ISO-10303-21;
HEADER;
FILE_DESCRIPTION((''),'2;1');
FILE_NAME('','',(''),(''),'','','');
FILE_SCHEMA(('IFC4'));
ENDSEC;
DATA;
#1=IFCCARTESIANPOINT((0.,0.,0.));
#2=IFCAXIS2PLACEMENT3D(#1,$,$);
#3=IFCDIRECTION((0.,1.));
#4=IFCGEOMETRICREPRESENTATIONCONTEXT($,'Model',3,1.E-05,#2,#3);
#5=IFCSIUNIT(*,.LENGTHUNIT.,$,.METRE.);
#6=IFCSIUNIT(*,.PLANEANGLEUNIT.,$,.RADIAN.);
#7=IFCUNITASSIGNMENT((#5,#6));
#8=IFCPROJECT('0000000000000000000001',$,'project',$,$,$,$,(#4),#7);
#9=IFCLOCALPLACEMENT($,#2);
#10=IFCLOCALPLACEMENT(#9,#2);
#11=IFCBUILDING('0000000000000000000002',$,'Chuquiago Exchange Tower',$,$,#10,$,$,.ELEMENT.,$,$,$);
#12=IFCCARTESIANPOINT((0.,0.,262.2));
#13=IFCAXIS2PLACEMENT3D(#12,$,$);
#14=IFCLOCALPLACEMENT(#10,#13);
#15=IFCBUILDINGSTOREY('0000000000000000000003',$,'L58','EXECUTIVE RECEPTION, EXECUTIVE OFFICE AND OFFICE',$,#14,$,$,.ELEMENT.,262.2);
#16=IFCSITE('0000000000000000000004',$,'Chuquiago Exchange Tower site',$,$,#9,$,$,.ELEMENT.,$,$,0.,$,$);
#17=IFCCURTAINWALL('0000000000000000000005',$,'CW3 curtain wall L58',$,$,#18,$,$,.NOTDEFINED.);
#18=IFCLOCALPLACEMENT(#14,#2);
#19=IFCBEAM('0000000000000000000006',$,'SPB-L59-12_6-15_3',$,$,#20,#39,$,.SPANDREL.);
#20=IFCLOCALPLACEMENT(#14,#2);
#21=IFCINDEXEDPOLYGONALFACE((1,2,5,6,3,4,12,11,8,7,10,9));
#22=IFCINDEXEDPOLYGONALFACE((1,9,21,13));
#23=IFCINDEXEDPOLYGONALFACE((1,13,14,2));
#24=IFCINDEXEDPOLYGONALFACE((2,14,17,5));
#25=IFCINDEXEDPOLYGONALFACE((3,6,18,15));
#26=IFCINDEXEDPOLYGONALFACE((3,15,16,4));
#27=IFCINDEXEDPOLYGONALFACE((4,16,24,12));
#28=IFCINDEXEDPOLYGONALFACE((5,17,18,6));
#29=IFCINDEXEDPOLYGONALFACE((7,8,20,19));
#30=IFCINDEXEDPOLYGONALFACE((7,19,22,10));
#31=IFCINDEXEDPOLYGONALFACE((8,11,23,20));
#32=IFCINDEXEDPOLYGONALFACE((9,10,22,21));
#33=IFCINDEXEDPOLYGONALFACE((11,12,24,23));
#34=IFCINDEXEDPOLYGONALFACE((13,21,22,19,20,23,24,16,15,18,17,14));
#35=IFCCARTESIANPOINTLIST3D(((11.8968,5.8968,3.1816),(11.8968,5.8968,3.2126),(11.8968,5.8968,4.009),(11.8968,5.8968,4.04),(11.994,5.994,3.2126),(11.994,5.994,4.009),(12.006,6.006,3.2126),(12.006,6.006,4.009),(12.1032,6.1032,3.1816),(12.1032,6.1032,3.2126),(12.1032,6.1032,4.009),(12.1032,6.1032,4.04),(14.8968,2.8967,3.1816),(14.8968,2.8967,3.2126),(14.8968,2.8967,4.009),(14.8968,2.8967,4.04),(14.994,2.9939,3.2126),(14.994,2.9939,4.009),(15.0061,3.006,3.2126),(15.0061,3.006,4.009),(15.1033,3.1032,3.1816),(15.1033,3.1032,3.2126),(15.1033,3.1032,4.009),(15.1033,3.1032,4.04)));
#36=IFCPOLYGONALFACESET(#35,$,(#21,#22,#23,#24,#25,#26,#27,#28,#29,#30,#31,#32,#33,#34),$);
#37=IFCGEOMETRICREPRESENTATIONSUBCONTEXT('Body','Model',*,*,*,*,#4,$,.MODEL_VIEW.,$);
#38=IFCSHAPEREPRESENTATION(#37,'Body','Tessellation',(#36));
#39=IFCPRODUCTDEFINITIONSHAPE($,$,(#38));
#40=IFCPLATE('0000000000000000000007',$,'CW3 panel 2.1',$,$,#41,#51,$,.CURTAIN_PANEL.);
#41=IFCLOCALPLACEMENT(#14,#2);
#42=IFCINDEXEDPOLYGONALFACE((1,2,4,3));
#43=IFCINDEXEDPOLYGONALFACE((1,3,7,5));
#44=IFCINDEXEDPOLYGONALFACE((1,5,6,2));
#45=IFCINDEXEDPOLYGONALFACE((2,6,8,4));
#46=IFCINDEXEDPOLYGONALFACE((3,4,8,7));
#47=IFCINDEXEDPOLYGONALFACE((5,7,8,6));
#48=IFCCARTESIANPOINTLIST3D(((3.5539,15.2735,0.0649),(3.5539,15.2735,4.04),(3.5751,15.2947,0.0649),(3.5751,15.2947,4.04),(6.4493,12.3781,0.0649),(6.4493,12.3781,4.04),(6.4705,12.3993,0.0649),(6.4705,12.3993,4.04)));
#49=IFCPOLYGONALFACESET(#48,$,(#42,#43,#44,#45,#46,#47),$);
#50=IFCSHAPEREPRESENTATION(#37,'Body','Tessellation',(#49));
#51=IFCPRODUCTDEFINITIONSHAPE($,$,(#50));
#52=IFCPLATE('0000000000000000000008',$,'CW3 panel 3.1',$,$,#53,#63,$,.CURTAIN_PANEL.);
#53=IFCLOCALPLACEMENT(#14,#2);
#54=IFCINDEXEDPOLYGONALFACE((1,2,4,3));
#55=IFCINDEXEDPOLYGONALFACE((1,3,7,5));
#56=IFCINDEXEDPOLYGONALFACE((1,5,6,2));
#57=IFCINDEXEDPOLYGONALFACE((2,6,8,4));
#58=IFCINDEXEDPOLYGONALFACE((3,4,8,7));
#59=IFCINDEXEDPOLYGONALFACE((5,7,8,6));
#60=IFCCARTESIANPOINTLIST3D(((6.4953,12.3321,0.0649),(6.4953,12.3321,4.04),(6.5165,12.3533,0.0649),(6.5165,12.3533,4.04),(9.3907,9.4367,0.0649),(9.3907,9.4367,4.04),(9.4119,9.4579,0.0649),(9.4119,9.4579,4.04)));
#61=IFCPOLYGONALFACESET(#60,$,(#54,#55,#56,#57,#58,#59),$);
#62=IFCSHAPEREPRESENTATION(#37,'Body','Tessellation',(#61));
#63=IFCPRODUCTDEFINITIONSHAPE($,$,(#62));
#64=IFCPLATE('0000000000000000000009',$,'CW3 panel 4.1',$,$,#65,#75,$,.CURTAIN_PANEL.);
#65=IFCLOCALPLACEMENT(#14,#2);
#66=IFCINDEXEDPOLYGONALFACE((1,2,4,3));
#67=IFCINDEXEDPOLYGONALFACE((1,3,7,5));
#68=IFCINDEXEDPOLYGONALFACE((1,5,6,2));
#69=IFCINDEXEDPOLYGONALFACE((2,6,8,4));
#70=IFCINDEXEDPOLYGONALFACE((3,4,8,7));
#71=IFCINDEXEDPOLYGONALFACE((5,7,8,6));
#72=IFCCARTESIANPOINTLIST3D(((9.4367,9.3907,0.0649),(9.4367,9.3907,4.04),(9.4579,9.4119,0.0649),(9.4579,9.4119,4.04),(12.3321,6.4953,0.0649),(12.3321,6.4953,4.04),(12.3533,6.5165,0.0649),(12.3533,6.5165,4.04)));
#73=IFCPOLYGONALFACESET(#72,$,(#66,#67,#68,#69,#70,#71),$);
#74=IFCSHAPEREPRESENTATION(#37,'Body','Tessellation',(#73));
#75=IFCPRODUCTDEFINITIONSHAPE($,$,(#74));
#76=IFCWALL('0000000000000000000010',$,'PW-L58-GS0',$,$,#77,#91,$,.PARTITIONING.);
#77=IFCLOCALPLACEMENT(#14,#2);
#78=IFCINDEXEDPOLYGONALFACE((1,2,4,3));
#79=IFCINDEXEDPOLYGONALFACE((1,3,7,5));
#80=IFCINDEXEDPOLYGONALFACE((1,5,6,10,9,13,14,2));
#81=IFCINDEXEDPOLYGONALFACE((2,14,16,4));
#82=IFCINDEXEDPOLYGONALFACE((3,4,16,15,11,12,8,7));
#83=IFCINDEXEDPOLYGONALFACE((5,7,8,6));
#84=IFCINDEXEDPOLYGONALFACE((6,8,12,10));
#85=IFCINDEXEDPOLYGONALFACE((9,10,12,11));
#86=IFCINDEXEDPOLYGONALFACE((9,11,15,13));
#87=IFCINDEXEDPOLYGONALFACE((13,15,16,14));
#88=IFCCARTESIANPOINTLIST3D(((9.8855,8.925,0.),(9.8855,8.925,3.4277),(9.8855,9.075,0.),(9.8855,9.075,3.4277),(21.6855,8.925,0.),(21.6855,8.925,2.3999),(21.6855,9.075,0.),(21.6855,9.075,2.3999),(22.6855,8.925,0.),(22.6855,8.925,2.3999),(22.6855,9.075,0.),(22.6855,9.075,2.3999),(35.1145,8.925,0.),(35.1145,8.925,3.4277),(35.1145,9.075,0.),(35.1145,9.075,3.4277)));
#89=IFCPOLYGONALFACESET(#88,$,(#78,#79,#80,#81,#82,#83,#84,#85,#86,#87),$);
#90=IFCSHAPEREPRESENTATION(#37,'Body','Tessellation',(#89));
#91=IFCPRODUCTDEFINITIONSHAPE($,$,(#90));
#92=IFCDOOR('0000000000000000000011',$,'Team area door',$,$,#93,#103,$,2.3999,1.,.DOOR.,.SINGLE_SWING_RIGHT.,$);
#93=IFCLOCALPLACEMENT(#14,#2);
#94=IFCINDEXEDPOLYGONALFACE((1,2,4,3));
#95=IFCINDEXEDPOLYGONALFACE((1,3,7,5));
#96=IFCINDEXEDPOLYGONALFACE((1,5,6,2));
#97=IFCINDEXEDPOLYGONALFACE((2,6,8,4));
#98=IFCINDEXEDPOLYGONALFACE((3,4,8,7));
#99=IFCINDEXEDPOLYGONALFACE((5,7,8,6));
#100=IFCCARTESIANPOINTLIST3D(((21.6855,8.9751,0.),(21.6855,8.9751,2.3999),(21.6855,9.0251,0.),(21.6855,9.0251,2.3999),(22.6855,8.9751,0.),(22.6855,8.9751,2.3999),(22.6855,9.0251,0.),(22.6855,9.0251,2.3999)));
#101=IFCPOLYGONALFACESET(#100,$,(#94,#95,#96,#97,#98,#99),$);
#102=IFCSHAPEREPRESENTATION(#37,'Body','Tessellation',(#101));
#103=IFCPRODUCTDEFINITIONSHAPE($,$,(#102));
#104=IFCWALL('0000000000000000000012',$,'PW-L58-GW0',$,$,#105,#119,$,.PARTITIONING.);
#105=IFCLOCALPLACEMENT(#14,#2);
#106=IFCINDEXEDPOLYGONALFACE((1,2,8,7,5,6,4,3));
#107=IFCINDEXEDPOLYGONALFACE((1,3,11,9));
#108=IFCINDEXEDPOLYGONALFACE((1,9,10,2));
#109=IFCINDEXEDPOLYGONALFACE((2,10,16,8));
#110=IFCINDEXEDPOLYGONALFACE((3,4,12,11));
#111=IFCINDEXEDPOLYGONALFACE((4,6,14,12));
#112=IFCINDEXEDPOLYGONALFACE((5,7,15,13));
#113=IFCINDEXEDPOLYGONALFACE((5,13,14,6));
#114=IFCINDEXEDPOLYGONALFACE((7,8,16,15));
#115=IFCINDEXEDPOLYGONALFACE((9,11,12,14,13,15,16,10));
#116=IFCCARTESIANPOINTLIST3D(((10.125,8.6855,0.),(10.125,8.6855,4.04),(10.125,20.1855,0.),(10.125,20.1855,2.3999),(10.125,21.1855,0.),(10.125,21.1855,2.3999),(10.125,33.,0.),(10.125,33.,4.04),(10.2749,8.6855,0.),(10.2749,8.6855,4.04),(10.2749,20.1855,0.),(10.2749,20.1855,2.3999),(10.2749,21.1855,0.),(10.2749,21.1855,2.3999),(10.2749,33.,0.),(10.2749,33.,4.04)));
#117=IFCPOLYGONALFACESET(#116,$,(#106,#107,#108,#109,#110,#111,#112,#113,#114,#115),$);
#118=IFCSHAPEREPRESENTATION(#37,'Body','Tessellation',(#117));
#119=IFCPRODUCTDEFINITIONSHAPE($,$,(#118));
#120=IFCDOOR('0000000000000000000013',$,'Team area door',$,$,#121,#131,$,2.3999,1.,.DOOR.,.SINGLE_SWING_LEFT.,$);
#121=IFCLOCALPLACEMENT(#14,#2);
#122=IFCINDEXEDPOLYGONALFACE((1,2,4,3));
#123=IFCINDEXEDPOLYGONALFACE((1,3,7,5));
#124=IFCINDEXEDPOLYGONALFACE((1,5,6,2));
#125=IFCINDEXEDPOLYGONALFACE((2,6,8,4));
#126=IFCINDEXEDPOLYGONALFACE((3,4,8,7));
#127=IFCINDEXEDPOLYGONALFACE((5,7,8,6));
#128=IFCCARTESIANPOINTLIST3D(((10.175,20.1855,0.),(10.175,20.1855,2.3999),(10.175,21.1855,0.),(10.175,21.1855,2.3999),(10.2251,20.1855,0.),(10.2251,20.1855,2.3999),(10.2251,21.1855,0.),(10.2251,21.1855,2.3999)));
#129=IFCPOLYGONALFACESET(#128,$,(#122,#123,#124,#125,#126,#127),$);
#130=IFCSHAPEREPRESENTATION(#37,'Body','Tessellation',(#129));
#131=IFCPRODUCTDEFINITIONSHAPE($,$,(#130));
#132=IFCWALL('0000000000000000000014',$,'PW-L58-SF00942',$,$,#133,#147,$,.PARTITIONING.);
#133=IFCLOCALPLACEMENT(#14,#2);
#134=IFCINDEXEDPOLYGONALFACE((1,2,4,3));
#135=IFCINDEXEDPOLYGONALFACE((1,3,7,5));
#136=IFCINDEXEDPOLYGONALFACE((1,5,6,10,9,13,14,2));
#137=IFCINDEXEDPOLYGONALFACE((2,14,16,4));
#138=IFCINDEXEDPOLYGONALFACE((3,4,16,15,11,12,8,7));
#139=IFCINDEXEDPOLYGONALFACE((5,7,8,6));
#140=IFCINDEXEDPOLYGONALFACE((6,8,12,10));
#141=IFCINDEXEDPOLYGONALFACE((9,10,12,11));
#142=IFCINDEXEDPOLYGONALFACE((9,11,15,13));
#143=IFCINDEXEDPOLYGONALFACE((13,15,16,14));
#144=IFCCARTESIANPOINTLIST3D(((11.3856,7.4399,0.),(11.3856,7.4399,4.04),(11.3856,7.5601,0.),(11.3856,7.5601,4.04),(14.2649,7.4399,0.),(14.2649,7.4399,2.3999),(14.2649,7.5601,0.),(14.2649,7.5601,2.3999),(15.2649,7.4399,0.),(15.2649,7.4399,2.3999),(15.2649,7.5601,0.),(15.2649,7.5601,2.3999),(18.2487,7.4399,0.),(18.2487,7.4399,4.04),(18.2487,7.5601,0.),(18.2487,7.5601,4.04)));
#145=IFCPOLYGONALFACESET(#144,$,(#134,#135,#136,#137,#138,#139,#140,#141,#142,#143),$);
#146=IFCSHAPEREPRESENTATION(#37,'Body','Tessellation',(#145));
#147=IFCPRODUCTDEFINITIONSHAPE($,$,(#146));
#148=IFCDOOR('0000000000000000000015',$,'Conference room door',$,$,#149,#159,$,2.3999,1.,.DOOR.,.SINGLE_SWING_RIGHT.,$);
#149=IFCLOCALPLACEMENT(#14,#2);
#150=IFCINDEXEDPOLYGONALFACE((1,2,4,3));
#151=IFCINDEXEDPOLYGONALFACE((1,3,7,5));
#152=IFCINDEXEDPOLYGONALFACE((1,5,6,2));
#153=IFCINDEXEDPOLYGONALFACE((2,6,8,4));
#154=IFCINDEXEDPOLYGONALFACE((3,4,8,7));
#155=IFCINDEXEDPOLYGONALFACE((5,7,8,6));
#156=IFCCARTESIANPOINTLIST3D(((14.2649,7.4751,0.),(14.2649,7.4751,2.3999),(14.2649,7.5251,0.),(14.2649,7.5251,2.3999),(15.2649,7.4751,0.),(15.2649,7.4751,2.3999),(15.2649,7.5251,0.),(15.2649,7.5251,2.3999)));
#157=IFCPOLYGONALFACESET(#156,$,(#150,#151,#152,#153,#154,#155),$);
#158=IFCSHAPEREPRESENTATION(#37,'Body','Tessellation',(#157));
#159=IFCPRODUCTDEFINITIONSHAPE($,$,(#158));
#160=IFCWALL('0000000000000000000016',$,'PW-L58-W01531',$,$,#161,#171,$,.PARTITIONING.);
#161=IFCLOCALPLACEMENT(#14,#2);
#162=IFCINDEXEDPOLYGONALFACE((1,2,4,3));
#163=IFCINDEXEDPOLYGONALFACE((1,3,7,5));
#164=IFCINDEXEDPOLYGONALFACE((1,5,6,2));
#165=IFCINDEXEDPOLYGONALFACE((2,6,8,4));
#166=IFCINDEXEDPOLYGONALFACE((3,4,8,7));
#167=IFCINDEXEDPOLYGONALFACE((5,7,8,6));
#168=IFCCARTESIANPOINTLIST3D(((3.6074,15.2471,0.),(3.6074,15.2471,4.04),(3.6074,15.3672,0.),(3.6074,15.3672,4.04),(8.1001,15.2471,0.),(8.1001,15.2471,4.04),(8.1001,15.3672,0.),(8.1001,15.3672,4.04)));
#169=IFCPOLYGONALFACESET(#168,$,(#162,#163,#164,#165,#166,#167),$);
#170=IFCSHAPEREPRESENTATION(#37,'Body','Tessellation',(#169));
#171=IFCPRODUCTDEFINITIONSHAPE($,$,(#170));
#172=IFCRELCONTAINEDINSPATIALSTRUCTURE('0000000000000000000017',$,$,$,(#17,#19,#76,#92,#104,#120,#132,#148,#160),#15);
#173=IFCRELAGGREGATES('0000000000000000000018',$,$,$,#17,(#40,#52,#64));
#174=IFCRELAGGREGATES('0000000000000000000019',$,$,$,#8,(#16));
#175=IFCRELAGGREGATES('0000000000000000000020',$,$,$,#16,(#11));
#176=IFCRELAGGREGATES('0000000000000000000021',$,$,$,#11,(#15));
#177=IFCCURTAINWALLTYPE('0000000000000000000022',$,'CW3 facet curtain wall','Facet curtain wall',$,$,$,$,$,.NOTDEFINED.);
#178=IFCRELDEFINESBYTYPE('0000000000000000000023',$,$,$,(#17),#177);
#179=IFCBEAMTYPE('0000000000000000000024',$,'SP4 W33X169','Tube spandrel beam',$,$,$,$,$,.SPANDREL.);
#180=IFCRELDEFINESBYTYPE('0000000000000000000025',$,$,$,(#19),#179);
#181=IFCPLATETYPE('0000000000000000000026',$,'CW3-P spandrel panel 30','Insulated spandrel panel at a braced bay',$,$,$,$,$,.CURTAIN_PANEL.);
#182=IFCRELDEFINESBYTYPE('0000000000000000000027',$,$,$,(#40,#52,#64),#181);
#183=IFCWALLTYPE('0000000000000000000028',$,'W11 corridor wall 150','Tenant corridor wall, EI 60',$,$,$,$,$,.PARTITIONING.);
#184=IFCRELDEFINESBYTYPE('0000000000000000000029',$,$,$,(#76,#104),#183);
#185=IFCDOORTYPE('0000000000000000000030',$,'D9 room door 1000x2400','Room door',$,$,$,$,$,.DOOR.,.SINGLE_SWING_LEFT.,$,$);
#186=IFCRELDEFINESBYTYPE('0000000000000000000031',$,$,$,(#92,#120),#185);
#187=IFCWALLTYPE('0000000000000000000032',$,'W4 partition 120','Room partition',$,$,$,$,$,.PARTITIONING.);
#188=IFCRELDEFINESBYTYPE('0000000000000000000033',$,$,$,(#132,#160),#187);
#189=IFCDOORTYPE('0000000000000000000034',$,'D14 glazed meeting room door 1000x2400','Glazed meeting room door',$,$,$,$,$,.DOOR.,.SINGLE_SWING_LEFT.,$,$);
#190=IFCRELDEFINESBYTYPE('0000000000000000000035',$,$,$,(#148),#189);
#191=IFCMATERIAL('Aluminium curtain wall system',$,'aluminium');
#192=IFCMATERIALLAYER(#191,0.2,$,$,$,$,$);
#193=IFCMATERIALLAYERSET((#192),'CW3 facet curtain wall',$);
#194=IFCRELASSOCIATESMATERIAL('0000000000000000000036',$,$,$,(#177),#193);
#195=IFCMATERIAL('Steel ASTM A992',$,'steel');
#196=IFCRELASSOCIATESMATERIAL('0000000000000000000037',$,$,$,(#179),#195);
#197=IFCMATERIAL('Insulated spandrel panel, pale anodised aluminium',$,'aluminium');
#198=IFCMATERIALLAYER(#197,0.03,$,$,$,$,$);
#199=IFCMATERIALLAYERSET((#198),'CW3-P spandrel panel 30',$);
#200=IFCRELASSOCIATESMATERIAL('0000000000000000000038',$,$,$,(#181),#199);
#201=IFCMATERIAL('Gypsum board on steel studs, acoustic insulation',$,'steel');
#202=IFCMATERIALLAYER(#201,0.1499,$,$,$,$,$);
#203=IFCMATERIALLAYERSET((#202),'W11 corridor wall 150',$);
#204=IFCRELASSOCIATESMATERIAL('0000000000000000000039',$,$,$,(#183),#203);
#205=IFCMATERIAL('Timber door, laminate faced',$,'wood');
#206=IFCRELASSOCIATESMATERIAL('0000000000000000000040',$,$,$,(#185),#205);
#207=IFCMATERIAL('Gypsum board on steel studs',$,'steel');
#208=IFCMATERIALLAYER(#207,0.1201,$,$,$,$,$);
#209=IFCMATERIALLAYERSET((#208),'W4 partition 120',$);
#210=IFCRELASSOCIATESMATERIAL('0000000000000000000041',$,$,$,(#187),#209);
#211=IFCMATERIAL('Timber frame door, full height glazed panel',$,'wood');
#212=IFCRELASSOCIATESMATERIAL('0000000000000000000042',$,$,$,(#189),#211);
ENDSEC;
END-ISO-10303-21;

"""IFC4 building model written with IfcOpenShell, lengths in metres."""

from ifc_helpers import new_model, si_unit, direction, frame, frame_2d, origin, origin_2d, place, context, subcontext, project, spatial, rectangle, i_section, extrude, material, layer, layer_set, material_profile, profile_set, type_object, element, fill, aggregate, save


model = new_model("IFC4")

# Units and contexts
model_context = context("Model", 3, precision=1e-05, world=origin(), true_north=direction((0.0, 1.0)))
body_context = subcontext(model_context, "Body", "Model", "MODEL_VIEW")
ifc_project = project(units=[si_unit("LENGTHUNIT", "METRE"), si_unit("PLANEANGLEUNIT", "RADIAN")], contexts=[model_context])

# Site, building, storey
site_placement = place(None, origin())
site = spatial("IfcSite", under=ifc_project, at=site_placement, Name="Chuquiago Exchange Tower site", CompositionType="ELEMENT", RefElevation=0.0)
building_placement = place(site_placement, origin())
building = spatial("IfcBuilding", under=site, at=building_placement, Name="Chuquiago Exchange Tower", CompositionType="ELEMENT")
storey_placement = place(building_placement, frame((0.0, 0.0, 262.2)))
storey = spatial("IfcBuildingStorey", under=building, at=storey_placement, Name="L58", Description="EXECUTIVE RECEPTION, EXECUTIVE OFFICE AND OFFICE", CompositionType="ELEMENT", Elevation=262.2)

# Curtain wall
ifc_material_1 = material(Name="Aluminium curtain wall system", Category="aluminium")
ifc_layer_1 = layer(ifc_material_1, 0.2)
ifc_layer_set_1 = layer_set([ifc_layer_1], Name="CW3 facet curtain wall")
curtain_wall_type = type_object("IfcCurtainWallType", Name="CW3 facet curtain wall", Description="Facet curtain wall", PredefinedType="NOTDEFINED", material=ifc_layer_set_1)
curtain_wall_placement = place(storey_placement, origin())
curtain_wall = element("IfcCurtainWall", 1, at=curtain_wall_placement, inside=storey, type_object=curtain_wall_type, Name="CW3 curtain wall L58", PredefinedType="NOTDEFINED")

# Beam
ifc_material_2 = material(Name="Steel ASTM A992", Category="steel")
ifc_material_profile_1 = material_profile(ifc_material_2, i_section(OverallWidth=0.292, OverallDepth=0.8584, WebThickness=0.0171, FlangeThickness=0.031, at=origin_2d()), Name="W33X169")
ifc_profile_set_1 = profile_set([ifc_material_profile_1], Name="Steel ASTM A992")
beam_type_1 = type_object("IfcBeamType", Name="SP4 W33X169", Description="Tube spandrel beam", PredefinedType="SPANDREL", material=ifc_profile_set_1)
for number, where, z_axis, x_axis, name in (
    (2, (12.0, 6.0, 3.6108), (0.707107, -0.707107, 0.0), (0.707107, 0.707107, 0.0), "SPB-L59-12_6-15_3"),
):
    element("IfcBeam", number, at=place(storey_placement, frame(where, z_axis=z_axis, x_axis=x_axis)), inside=storey, type_object=beam_type_1, Name=name, PredefinedType="SPANDREL", context=body_context, shape_type="SweptSolid", body=[
        extrude(i_section(OverallWidth=0.292, OverallDepth=0.8584, WebThickness=0.0171, FlangeThickness=0.031, at=origin_2d()), origin(), (0.0, 0.0, 1.0), 4.2427),
    ])

# Plates
ifc_material_3 = material(Name="Insulated spandrel panel, pale anodised aluminium", Category="aluminium")
ifc_layer_2 = layer(ifc_material_3, 0.03)
ifc_layer_set_2 = layer_set([ifc_layer_2], Name="CW3-P spandrel panel 30")
plate_type = type_object("IfcPlateType", Name="CW3-P spandrel panel 30", Description="Insulated spandrel panel at a braced bay", PredefinedType="CURTAIN_PANEL", material=ifc_layer_set_2)
plate_1_placement = place(storey_placement, frame((5.0122, 13.8364, 0.0649), z_axis=(0.0, 0.0, 1.0), x_axis=(0.707107, -0.707107, 0.0)))
plate_1 = element("IfcPlate", 3, at=plate_1_placement, type_object=plate_type, Name="CW3 panel 2.1", PredefinedType="CURTAIN_PANEL", context=body_context, shape_type="SweptSolid", body=[
    extrude(rectangle(XDim=4.0947, YDim=0.03, at=origin_2d()), origin(), (0.0, 0.0, 1.0), 3.9751),
])
plate_2_placement = place(storey_placement, frame((7.9536, 10.895, 0.0649), z_axis=(0.0, 0.0, 1.0), x_axis=(0.707107, -0.707107, 0.0)))
plate_2 = element("IfcPlate", 4, at=plate_2_placement, type_object=plate_type, Name="CW3 panel 3.1", PredefinedType="CURTAIN_PANEL", context=body_context, shape_type="SweptSolid", body=[
    extrude(rectangle(XDim=4.0947, YDim=0.03, at=origin_2d()), origin(), (0.0, 0.0, 1.0), 3.9751),
])
plate_3_placement = place(storey_placement, frame((10.895, 7.9536, 0.0649), z_axis=(0.0, 0.0, 1.0), x_axis=(0.707107, -0.707107, 0.0)))
plate_3 = element("IfcPlate", 5, at=plate_3_placement, type_object=plate_type, Name="CW3 panel 4.1", PredefinedType="CURTAIN_PANEL", context=body_context, shape_type="SweptSolid", body=[
    extrude(rectangle(XDim=4.0947, YDim=0.03, at=origin_2d()), origin(), (0.0, 0.0, 1.0), 3.9751),
])
aggregate(curtain_wall, [plate_1, plate_2, plate_3])

# Walls, openings, doors
ifc_material_4 = material(Name="Gypsum board on steel studs, acoustic insulation", Category="steel")
ifc_layer_3 = layer(ifc_material_4, 0.1499)
ifc_layer_set_3 = layer_set([ifc_layer_3], Name="W11 corridor wall 150")
wall_type_1 = type_object("IfcWallType", Name="W11 corridor wall 150", Description="Tenant corridor wall, EI 60", PredefinedType="PARTITIONING", material=ifc_layer_set_3)
wall_1_placement = place(storey_placement, frame((9.8855, 9.0, 0.0), z_axis=(0.0, 0.0, 1.0), x_axis=(1.0, 0.0, 0.0)))
wall_1 = element("IfcWall", 6, at=wall_1_placement, inside=storey, type_object=wall_type_1, Name="PW-L58-GS0", PredefinedType="PARTITIONING", context=body_context, shape_type="SweptSolid", body=[
    extrude(rectangle(XDim=25.229, YDim=0.1499, at=frame_2d((12.6145, 0.0))), origin(), (0.0, 0.0, 1.0), 3.4277),
])
opening_1_placement = place(wall_1_placement, frame((11.8, 0.0, 0.0)))
opening_1 = element("IfcOpeningElement", 7, at=opening_1_placement, cuts=wall_1, PredefinedType="OPENING", context=body_context, shape_type="SweptSolid", body=[
    extrude(rectangle(XDim=1.0, YDim=2.3999, at=frame_2d((0.5, 1.2))), frame((0.0, 0.085, 0.0), z_axis=(0.0, -1.0, 0.0), x_axis=(1.0, 0.0, 0.0)), (0.0, 0.0, 1.0), 0.1699),
])
ifc_material_5 = material(Name="Timber door, laminate faced", Category="wood")
door_type_1 = type_object("IfcDoorType", Name="D9 room door 1000x2400", Description="Room door", OperationType="SINGLE_SWING_LEFT", PredefinedType="DOOR", material=ifc_material_5)
door_1_placement = place(opening_1_placement, frame((1.0, 0.0, 0.0), z_axis=(0.0, 0.0, 1.0), x_axis=(-1.0, 0.0, 0.0)))
door_1 = element("IfcDoor", 8, at=door_1_placement, inside=storey, type_object=door_type_1, Name="Team area door", OperationType="SINGLE_SWING_RIGHT", OverallHeight=2.3999, OverallWidth=1.0, PredefinedType="DOOR", context=body_context, shape_type="SweptSolid", body=[
    extrude(rectangle(XDim=1.0, YDim=2.3999, at=frame_2d((0.5, 1.2))), frame((0.0, 0.0249, 0.0), z_axis=(0.0, -1.0, 0.0), x_axis=(1.0, 0.0, 0.0)), (0.0, 0.0, 1.0), 0.05),
])
fill(opening_1, door_1)
wall_2_placement = place(storey_placement, frame((10.2, 8.6855, 0.0), z_axis=(0.0, 0.0, 1.0), x_axis=(0.0, 1.0, 0.0)))
wall_2 = element("IfcWall", 9, at=wall_2_placement, inside=storey, type_object=wall_type_1, Name="PW-L58-GW0", PredefinedType="PARTITIONING", context=body_context, shape_type="SweptSolid", body=[
    extrude(rectangle(XDim=24.3145, YDim=0.1499, at=frame_2d((12.1572, 0.0))), origin(), (0.0, 0.0, 1.0), 4.04),
])
opening_2_placement = place(wall_2_placement, frame((11.5, 0.0, 0.0)))
opening_2 = element("IfcOpeningElement", 10, at=opening_2_placement, cuts=wall_2, PredefinedType="OPENING", context=body_context, shape_type="SweptSolid", body=[
    extrude(rectangle(XDim=1.0, YDim=2.3999, at=frame_2d((0.5, 1.2))), frame((0.0, 0.085, 0.0), z_axis=(0.0, -1.0, 0.0), x_axis=(1.0, 0.0, 0.0)), (0.0, 0.0, 1.0), 0.1699),
])
door_2_placement = place(opening_2_placement, origin())
door_2 = element("IfcDoor", 11, at=door_2_placement, inside=storey, type_object=door_type_1, Name="Team area door", OperationType="SINGLE_SWING_LEFT", OverallHeight=2.3999, OverallWidth=1.0, PredefinedType="DOOR", context=body_context, shape_type="SweptSolid", body=[
    extrude(rectangle(XDim=1.0, YDim=2.3999, at=frame_2d((0.5, 1.2))), frame((0.0, 0.0249, 0.0), z_axis=(0.0, -1.0, 0.0), x_axis=(1.0, 0.0, 0.0)), (0.0, 0.0, 1.0), 0.05),
])
fill(opening_2, door_2)
ifc_material_6 = material(Name="Gypsum board on steel studs", Category="steel")
ifc_layer_4 = layer(ifc_material_6, 0.1201)
ifc_layer_set_4 = layer_set([ifc_layer_4], Name="W4 partition 120")
wall_type_2 = type_object("IfcWallType", Name="W4 partition 120", Description="Room partition", PredefinedType="PARTITIONING", material=ifc_layer_set_4)
wall_3_placement = place(storey_placement, frame((11.3855, 7.5, 0.0), z_axis=(0.0, 0.0, 1.0), x_axis=(1.0, 0.0, 0.0)))
wall_3 = element("IfcWall", 12, at=wall_3_placement, inside=storey, type_object=wall_type_2, Name="PW-L58-SF00942", PredefinedType="PARTITIONING", context=body_context, shape_type="SweptSolid", body=[
    extrude(rectangle(XDim=6.863, YDim=0.1201, at=frame_2d((3.4316, 0.0))), origin(), (0.0, 0.0, 1.0), 4.04),
])
opening_3_placement = place(wall_3_placement, frame((2.8794, 0.0, 0.0)))
opening_3 = element("IfcOpeningElement", 13, at=opening_3_placement, cuts=wall_3, PredefinedType="OPENING", context=body_context, shape_type="SweptSolid", body=[
    extrude(rectangle(XDim=1.0, YDim=2.3999, at=frame_2d((0.5, 1.2))), frame((0.0, 0.0701, 0.0), z_axis=(0.0, -1.0, 0.0), x_axis=(1.0, 0.0, 0.0)), (0.0, 0.0, 1.0), 0.1401),
])
ifc_material_7 = material(Name="Timber frame door, full height glazed panel", Category="wood")
door_type_2 = type_object("IfcDoorType", Name="D14 glazed meeting room door 1000x2400", Description="Glazed meeting room door", OperationType="SINGLE_SWING_LEFT", PredefinedType="DOOR", material=ifc_material_7)
door_3_placement = place(opening_3_placement, frame((1.0, 0.0, 0.0), z_axis=(0.0, 0.0, 1.0), x_axis=(-1.0, 0.0, 0.0)))
door_3 = element("IfcDoor", 14, at=door_3_placement, inside=storey, type_object=door_type_2, Name="Conference room door", OperationType="SINGLE_SWING_RIGHT", OverallHeight=2.3999, OverallWidth=1.0, PredefinedType="DOOR", context=body_context, shape_type="SweptSolid", body=[
    extrude(rectangle(XDim=1.0, YDim=2.3999, at=frame_2d((0.5, 1.2))), frame((0.0, 0.0249, 0.0), z_axis=(0.0, -1.0, 0.0), x_axis=(1.0, 0.0, 0.0)), (0.0, 0.0, 1.0), 0.05),
])
fill(opening_3, door_3)

# Wall
wall_4_placement = place(storey_placement, frame((3.6074, 15.3071, 0.0), z_axis=(0.0, 0.0, 1.0), x_axis=(1.0, 0.0, 0.0)))
element("IfcWall", 15, at=wall_4_placement, inside=storey, type_object=wall_type_2, Name="PW-L58-W01531", PredefinedType="PARTITIONING", context=body_context, shape_type="SweptSolid", body=[
    extrude(rectangle(XDim=4.4927, YDim=0.1201, at=frame_2d((2.2463, 0.0))), origin(), (0.0, 0.0, 1.0), 4.04),
])

save(model, "model.ifc")
